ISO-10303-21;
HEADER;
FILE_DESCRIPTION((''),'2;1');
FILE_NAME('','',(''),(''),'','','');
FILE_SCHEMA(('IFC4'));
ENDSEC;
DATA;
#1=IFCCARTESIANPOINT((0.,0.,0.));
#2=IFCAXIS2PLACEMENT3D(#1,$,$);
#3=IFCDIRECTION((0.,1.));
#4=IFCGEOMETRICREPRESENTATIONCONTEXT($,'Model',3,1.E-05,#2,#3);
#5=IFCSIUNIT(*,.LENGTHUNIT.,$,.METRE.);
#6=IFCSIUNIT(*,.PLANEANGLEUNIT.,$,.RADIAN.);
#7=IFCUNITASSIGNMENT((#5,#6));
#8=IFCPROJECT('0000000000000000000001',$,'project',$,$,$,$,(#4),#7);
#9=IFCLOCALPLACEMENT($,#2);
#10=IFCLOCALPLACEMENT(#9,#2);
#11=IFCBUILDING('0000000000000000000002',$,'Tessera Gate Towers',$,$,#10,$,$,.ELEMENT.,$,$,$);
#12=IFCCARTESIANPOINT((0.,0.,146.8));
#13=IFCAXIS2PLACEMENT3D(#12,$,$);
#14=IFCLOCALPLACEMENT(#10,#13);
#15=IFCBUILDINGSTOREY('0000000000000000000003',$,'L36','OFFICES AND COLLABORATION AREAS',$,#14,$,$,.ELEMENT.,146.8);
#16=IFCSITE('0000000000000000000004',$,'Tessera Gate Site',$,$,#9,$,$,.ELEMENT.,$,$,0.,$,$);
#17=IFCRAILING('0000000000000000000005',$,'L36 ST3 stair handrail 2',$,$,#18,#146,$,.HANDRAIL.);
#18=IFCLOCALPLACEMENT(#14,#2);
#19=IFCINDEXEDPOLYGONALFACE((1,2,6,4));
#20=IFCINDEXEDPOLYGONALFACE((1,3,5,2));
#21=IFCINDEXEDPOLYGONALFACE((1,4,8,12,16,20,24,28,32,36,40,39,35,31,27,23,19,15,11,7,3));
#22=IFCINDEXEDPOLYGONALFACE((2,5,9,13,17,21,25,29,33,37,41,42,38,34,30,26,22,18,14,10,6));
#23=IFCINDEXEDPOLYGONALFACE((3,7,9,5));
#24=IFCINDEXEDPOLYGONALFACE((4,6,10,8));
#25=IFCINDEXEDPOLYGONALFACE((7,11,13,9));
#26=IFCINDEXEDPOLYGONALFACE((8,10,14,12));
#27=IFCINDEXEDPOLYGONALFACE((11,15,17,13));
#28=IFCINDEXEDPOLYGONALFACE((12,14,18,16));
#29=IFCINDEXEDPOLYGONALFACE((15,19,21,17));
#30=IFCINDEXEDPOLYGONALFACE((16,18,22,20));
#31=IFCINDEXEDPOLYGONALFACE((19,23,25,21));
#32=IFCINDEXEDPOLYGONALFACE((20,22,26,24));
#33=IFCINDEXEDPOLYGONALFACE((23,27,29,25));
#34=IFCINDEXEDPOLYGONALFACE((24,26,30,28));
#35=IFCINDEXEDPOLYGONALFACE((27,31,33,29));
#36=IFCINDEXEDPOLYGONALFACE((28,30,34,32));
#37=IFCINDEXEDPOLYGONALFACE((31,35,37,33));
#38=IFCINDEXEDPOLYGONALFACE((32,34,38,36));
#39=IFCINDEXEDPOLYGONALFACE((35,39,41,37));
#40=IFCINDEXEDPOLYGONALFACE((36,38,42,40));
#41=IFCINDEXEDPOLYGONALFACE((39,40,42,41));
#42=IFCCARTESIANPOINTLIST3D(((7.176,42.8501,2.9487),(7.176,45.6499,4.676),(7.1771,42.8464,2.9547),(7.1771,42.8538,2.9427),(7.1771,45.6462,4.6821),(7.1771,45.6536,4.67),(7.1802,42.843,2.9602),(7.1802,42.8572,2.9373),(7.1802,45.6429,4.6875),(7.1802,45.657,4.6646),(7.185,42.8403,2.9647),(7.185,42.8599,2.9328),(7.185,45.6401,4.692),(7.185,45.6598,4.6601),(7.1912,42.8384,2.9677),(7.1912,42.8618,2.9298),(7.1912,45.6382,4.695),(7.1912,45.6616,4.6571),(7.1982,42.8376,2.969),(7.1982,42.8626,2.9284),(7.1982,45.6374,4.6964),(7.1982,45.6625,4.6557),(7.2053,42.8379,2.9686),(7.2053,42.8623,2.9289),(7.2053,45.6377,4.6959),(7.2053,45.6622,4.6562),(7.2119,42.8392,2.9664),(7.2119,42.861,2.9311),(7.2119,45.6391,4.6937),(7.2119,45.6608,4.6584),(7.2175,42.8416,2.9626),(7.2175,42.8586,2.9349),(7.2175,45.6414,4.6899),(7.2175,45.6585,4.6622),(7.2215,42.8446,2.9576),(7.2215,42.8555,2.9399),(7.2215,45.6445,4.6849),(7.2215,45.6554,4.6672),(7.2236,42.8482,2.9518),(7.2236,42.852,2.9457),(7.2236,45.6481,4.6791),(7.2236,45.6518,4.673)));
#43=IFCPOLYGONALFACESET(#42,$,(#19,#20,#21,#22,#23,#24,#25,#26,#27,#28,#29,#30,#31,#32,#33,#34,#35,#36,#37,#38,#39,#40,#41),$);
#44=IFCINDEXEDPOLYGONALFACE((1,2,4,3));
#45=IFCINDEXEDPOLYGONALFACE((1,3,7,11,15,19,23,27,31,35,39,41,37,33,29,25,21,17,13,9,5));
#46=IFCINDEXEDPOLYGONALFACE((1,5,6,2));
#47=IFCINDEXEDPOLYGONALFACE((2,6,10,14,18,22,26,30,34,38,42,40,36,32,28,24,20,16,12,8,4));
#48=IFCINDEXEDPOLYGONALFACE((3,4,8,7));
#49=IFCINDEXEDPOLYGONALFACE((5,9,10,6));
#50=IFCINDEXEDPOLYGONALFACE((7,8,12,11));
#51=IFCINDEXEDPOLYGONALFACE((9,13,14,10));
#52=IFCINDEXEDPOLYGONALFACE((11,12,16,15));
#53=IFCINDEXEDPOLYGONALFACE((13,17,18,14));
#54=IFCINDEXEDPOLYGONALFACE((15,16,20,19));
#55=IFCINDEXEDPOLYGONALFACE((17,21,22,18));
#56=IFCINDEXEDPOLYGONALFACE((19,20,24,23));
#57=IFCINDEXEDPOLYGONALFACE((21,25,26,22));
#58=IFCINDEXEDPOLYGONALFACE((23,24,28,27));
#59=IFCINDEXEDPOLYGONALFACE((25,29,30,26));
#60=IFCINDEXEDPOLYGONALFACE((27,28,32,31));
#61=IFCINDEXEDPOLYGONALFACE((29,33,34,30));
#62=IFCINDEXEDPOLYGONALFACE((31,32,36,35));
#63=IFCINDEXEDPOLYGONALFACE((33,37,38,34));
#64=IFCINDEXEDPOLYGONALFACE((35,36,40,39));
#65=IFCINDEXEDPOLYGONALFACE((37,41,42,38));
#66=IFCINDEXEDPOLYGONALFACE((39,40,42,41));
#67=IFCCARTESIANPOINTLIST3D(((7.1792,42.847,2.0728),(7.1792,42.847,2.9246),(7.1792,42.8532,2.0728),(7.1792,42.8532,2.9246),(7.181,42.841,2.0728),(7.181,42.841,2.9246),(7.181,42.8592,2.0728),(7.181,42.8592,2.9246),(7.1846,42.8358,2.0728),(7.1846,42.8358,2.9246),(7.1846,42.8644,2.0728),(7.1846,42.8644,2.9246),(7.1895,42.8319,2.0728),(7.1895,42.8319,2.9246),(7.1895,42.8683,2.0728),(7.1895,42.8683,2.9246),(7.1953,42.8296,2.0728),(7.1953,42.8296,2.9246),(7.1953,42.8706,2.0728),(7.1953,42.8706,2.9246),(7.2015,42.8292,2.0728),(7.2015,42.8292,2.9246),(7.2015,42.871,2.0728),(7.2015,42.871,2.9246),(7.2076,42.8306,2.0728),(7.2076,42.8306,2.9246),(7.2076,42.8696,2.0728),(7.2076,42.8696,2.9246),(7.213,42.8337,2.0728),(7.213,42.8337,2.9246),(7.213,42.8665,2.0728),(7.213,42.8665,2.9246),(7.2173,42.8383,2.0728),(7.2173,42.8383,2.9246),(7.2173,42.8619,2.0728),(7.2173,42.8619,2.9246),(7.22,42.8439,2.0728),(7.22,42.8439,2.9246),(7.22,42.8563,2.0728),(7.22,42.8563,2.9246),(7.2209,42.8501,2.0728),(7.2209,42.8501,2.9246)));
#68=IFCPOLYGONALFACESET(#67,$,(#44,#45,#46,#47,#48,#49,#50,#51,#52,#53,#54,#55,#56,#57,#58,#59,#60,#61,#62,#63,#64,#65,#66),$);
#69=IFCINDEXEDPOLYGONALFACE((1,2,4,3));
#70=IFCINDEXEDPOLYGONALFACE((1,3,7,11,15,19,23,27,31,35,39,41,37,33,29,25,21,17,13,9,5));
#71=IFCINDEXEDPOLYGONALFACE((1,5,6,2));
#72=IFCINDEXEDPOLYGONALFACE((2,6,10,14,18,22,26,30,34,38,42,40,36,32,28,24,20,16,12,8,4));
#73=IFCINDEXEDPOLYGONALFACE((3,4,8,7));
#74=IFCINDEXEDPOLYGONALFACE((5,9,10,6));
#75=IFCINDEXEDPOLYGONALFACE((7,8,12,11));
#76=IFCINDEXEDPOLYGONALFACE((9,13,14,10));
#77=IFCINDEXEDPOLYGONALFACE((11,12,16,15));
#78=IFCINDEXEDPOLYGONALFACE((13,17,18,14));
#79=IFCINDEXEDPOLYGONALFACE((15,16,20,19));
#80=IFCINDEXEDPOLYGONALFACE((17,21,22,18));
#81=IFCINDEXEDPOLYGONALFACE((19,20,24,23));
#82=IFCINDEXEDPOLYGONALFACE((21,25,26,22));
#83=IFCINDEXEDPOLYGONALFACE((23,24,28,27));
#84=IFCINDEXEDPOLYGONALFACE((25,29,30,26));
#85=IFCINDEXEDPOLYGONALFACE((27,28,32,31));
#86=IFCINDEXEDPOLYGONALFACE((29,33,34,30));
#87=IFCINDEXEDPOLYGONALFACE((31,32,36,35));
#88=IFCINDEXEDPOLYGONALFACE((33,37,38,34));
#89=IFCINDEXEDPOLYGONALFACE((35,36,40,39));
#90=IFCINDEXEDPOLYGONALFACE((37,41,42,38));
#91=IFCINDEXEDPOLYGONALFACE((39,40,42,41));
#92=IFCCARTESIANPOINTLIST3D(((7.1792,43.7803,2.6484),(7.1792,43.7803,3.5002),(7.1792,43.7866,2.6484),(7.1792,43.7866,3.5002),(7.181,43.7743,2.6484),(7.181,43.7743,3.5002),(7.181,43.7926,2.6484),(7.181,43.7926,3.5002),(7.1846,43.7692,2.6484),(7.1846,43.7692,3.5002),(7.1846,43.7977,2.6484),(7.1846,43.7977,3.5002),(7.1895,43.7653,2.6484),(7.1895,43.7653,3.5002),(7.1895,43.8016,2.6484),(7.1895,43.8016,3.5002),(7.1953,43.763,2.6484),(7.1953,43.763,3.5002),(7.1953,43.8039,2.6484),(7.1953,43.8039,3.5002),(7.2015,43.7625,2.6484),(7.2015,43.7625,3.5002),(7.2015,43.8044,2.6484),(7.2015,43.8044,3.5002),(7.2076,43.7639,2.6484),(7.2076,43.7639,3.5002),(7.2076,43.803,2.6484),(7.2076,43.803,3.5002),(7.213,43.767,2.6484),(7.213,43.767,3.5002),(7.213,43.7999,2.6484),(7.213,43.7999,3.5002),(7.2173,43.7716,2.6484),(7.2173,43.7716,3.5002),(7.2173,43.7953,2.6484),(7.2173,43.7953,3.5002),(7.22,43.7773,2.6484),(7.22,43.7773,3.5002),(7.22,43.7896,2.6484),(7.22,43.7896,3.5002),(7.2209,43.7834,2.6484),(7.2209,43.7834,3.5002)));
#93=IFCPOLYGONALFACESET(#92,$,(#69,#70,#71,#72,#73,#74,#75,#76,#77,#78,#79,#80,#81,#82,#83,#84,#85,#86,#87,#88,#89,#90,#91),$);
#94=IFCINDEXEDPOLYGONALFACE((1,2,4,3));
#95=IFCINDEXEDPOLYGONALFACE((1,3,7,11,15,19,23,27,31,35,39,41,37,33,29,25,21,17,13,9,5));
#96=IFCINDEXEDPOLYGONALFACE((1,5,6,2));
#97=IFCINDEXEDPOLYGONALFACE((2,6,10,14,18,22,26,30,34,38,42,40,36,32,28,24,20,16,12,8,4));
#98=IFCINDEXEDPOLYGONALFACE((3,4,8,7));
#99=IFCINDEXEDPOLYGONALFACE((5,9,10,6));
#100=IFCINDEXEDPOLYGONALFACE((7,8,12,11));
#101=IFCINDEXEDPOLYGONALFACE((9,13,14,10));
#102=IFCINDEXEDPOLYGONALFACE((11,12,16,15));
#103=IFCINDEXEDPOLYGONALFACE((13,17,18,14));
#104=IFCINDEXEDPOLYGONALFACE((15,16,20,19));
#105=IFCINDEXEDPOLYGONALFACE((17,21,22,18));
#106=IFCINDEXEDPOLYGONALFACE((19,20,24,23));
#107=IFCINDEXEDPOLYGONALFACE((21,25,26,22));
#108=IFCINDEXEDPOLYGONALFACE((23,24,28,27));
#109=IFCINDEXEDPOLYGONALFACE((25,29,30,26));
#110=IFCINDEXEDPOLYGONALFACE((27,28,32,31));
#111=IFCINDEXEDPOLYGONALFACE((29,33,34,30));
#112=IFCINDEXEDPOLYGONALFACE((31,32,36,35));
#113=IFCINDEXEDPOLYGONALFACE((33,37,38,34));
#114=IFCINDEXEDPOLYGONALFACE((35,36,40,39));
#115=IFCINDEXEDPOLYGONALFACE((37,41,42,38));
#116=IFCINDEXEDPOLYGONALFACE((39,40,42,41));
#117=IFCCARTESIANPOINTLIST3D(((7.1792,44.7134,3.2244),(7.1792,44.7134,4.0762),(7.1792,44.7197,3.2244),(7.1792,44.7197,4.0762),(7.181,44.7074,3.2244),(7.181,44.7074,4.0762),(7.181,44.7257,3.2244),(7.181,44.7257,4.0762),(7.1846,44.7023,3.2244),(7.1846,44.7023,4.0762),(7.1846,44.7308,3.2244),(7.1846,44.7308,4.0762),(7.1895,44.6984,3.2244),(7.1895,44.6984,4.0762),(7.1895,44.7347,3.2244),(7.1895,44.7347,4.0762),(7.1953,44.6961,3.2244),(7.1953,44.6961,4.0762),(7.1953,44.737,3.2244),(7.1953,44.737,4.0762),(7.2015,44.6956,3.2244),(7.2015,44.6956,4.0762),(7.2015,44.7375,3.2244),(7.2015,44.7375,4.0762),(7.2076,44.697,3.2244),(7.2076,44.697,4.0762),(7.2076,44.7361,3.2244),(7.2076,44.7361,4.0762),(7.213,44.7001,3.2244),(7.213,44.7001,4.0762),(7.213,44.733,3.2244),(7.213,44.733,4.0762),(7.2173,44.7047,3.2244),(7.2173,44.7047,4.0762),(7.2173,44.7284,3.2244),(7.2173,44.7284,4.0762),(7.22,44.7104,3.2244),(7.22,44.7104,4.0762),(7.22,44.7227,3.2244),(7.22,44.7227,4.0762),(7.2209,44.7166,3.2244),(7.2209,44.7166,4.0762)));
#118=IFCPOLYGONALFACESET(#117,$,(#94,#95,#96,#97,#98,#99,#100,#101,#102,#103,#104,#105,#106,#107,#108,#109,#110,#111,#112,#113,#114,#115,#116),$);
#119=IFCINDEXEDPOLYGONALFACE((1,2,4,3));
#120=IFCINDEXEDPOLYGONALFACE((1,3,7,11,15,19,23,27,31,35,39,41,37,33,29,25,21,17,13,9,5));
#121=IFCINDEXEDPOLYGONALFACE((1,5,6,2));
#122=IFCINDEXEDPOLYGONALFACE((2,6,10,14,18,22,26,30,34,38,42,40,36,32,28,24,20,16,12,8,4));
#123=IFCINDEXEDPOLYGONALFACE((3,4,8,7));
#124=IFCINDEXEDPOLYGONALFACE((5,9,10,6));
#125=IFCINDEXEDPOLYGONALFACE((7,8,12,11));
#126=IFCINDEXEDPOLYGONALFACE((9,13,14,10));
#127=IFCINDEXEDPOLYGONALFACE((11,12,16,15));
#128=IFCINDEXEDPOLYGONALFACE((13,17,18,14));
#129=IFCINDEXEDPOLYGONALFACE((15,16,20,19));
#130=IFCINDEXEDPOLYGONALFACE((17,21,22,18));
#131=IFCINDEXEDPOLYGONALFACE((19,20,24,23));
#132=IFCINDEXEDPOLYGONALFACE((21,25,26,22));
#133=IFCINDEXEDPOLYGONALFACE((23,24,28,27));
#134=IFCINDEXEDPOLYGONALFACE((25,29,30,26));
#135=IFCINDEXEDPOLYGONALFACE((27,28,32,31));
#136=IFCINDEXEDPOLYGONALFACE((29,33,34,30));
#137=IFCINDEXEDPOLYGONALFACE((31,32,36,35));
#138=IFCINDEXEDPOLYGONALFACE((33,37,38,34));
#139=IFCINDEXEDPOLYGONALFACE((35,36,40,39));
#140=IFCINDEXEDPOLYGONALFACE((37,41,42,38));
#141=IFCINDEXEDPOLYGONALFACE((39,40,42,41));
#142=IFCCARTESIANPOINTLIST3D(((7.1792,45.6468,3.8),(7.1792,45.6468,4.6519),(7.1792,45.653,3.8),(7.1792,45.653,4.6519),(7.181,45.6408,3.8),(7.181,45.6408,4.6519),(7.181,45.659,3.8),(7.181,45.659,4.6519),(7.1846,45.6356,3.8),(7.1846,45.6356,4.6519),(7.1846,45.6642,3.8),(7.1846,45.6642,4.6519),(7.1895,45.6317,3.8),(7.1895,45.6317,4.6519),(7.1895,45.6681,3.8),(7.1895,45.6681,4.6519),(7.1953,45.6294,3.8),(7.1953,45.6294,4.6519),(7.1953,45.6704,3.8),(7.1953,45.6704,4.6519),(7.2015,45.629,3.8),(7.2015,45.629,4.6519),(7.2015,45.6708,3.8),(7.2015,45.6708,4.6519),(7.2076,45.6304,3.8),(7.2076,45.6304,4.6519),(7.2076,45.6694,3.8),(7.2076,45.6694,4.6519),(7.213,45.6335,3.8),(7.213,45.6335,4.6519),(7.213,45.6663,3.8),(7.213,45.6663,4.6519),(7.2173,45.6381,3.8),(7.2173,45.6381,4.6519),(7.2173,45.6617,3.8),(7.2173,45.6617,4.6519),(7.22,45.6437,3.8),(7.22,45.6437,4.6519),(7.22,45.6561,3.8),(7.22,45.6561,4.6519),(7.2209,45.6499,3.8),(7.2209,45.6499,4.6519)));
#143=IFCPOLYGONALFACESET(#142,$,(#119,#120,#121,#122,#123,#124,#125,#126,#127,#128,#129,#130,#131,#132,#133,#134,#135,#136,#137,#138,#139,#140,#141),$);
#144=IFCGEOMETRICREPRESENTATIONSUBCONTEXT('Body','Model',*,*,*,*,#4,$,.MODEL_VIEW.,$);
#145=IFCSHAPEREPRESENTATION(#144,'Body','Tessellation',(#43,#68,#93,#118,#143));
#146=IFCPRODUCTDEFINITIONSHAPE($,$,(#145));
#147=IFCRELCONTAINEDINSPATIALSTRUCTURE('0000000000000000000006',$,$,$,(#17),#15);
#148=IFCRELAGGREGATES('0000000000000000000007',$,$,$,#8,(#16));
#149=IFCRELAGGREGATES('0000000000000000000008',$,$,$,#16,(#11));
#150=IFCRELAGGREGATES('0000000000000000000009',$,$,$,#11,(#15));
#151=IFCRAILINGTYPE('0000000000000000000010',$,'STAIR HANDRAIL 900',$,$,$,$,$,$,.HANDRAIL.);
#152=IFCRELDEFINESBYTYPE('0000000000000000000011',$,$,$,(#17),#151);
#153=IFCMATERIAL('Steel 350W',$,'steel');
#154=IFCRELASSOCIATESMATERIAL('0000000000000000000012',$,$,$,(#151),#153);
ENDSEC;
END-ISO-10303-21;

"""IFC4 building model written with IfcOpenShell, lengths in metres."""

from ifc_helpers import new_model, si_unit, direction, frame, origin, origin_2d, place, context, subcontext, project, spatial, circle, extrude, material, type_object, element, save


model = new_model("IFC4")

# Units and contexts
model_context = context("Model", 3, precision=1e-05, world=origin(), true_north=direction((0.0, 1.0)))
body_context = subcontext(model_context, "Body", "Model", "MODEL_VIEW")
ifc_project = project(units=[si_unit("LENGTHUNIT", "METRE"), si_unit("PLANEANGLEUNIT", "RADIAN")], contexts=[model_context])

# Site, building, storey
site_placement = place(None, origin())
site = spatial("IfcSite", under=ifc_project, at=site_placement, Name="Tessera Gate Site", CompositionType="ELEMENT", RefElevation=0.0)
building_placement = place(site_placement, origin())
building = spatial("IfcBuilding", under=site, at=building_placement, Name="Tessera Gate Towers", CompositionType="ELEMENT")
storey_placement = place(building_placement, frame((0.0, 0.0, 146.8)))
storey = spatial("IfcBuildingStorey", under=building, at=storey_placement, Name="L36", Description="OFFICES AND COLLABORATION AREAS", CompositionType="ELEMENT", Elevation=146.8)

# Railing
ifc_material_1 = material(Name="Steel 350W", Category="steel")
railing_type = type_object("IfcRailingType", Name="STAIR HANDRAIL 900", PredefinedType="HANDRAIL", material=ifc_material_1)
railing_1_placement = place(storey_placement, frame((7.2, 42.8501, 2.0728)))
element("IfcRailing", 1, at=railing_1_placement, inside=storey, type_object=railing_type, Name="L36 ST3 stair handrail 2", PredefinedType="HANDRAIL", context=body_context, shape_type="SweptSolid", body=[
    extrude(circle(Radius=0.0239, at=origin_2d()), frame((0.0, 0.0, 0.876), z_axis=(0.0, 0.851069, 0.525054), x_axis=(-1.0, 0.0, 0.0)), (0.0, 0.0, 1.0), 3.2898),
    extrude(circle(Radius=0.021, at=origin_2d()), origin(), (0.0, 0.0, 1.0), 0.8518),
    extrude(circle(Radius=0.021, at=origin_2d()), frame((0.0, 0.9333, 0.5757)), (0.0, 0.0, 1.0), 0.8518),
    extrude(circle(Radius=0.021, at=origin_2d()), frame((0.0, 1.8665, 1.1516)), (0.0, 0.0, 1.0), 0.8518),
    extrude(circle(Radius=0.021, at=origin_2d()), frame((0.0, 2.7998, 1.7273)), (0.0, 0.0, 1.0), 0.8518),
])

save(model, "model.ifc")
